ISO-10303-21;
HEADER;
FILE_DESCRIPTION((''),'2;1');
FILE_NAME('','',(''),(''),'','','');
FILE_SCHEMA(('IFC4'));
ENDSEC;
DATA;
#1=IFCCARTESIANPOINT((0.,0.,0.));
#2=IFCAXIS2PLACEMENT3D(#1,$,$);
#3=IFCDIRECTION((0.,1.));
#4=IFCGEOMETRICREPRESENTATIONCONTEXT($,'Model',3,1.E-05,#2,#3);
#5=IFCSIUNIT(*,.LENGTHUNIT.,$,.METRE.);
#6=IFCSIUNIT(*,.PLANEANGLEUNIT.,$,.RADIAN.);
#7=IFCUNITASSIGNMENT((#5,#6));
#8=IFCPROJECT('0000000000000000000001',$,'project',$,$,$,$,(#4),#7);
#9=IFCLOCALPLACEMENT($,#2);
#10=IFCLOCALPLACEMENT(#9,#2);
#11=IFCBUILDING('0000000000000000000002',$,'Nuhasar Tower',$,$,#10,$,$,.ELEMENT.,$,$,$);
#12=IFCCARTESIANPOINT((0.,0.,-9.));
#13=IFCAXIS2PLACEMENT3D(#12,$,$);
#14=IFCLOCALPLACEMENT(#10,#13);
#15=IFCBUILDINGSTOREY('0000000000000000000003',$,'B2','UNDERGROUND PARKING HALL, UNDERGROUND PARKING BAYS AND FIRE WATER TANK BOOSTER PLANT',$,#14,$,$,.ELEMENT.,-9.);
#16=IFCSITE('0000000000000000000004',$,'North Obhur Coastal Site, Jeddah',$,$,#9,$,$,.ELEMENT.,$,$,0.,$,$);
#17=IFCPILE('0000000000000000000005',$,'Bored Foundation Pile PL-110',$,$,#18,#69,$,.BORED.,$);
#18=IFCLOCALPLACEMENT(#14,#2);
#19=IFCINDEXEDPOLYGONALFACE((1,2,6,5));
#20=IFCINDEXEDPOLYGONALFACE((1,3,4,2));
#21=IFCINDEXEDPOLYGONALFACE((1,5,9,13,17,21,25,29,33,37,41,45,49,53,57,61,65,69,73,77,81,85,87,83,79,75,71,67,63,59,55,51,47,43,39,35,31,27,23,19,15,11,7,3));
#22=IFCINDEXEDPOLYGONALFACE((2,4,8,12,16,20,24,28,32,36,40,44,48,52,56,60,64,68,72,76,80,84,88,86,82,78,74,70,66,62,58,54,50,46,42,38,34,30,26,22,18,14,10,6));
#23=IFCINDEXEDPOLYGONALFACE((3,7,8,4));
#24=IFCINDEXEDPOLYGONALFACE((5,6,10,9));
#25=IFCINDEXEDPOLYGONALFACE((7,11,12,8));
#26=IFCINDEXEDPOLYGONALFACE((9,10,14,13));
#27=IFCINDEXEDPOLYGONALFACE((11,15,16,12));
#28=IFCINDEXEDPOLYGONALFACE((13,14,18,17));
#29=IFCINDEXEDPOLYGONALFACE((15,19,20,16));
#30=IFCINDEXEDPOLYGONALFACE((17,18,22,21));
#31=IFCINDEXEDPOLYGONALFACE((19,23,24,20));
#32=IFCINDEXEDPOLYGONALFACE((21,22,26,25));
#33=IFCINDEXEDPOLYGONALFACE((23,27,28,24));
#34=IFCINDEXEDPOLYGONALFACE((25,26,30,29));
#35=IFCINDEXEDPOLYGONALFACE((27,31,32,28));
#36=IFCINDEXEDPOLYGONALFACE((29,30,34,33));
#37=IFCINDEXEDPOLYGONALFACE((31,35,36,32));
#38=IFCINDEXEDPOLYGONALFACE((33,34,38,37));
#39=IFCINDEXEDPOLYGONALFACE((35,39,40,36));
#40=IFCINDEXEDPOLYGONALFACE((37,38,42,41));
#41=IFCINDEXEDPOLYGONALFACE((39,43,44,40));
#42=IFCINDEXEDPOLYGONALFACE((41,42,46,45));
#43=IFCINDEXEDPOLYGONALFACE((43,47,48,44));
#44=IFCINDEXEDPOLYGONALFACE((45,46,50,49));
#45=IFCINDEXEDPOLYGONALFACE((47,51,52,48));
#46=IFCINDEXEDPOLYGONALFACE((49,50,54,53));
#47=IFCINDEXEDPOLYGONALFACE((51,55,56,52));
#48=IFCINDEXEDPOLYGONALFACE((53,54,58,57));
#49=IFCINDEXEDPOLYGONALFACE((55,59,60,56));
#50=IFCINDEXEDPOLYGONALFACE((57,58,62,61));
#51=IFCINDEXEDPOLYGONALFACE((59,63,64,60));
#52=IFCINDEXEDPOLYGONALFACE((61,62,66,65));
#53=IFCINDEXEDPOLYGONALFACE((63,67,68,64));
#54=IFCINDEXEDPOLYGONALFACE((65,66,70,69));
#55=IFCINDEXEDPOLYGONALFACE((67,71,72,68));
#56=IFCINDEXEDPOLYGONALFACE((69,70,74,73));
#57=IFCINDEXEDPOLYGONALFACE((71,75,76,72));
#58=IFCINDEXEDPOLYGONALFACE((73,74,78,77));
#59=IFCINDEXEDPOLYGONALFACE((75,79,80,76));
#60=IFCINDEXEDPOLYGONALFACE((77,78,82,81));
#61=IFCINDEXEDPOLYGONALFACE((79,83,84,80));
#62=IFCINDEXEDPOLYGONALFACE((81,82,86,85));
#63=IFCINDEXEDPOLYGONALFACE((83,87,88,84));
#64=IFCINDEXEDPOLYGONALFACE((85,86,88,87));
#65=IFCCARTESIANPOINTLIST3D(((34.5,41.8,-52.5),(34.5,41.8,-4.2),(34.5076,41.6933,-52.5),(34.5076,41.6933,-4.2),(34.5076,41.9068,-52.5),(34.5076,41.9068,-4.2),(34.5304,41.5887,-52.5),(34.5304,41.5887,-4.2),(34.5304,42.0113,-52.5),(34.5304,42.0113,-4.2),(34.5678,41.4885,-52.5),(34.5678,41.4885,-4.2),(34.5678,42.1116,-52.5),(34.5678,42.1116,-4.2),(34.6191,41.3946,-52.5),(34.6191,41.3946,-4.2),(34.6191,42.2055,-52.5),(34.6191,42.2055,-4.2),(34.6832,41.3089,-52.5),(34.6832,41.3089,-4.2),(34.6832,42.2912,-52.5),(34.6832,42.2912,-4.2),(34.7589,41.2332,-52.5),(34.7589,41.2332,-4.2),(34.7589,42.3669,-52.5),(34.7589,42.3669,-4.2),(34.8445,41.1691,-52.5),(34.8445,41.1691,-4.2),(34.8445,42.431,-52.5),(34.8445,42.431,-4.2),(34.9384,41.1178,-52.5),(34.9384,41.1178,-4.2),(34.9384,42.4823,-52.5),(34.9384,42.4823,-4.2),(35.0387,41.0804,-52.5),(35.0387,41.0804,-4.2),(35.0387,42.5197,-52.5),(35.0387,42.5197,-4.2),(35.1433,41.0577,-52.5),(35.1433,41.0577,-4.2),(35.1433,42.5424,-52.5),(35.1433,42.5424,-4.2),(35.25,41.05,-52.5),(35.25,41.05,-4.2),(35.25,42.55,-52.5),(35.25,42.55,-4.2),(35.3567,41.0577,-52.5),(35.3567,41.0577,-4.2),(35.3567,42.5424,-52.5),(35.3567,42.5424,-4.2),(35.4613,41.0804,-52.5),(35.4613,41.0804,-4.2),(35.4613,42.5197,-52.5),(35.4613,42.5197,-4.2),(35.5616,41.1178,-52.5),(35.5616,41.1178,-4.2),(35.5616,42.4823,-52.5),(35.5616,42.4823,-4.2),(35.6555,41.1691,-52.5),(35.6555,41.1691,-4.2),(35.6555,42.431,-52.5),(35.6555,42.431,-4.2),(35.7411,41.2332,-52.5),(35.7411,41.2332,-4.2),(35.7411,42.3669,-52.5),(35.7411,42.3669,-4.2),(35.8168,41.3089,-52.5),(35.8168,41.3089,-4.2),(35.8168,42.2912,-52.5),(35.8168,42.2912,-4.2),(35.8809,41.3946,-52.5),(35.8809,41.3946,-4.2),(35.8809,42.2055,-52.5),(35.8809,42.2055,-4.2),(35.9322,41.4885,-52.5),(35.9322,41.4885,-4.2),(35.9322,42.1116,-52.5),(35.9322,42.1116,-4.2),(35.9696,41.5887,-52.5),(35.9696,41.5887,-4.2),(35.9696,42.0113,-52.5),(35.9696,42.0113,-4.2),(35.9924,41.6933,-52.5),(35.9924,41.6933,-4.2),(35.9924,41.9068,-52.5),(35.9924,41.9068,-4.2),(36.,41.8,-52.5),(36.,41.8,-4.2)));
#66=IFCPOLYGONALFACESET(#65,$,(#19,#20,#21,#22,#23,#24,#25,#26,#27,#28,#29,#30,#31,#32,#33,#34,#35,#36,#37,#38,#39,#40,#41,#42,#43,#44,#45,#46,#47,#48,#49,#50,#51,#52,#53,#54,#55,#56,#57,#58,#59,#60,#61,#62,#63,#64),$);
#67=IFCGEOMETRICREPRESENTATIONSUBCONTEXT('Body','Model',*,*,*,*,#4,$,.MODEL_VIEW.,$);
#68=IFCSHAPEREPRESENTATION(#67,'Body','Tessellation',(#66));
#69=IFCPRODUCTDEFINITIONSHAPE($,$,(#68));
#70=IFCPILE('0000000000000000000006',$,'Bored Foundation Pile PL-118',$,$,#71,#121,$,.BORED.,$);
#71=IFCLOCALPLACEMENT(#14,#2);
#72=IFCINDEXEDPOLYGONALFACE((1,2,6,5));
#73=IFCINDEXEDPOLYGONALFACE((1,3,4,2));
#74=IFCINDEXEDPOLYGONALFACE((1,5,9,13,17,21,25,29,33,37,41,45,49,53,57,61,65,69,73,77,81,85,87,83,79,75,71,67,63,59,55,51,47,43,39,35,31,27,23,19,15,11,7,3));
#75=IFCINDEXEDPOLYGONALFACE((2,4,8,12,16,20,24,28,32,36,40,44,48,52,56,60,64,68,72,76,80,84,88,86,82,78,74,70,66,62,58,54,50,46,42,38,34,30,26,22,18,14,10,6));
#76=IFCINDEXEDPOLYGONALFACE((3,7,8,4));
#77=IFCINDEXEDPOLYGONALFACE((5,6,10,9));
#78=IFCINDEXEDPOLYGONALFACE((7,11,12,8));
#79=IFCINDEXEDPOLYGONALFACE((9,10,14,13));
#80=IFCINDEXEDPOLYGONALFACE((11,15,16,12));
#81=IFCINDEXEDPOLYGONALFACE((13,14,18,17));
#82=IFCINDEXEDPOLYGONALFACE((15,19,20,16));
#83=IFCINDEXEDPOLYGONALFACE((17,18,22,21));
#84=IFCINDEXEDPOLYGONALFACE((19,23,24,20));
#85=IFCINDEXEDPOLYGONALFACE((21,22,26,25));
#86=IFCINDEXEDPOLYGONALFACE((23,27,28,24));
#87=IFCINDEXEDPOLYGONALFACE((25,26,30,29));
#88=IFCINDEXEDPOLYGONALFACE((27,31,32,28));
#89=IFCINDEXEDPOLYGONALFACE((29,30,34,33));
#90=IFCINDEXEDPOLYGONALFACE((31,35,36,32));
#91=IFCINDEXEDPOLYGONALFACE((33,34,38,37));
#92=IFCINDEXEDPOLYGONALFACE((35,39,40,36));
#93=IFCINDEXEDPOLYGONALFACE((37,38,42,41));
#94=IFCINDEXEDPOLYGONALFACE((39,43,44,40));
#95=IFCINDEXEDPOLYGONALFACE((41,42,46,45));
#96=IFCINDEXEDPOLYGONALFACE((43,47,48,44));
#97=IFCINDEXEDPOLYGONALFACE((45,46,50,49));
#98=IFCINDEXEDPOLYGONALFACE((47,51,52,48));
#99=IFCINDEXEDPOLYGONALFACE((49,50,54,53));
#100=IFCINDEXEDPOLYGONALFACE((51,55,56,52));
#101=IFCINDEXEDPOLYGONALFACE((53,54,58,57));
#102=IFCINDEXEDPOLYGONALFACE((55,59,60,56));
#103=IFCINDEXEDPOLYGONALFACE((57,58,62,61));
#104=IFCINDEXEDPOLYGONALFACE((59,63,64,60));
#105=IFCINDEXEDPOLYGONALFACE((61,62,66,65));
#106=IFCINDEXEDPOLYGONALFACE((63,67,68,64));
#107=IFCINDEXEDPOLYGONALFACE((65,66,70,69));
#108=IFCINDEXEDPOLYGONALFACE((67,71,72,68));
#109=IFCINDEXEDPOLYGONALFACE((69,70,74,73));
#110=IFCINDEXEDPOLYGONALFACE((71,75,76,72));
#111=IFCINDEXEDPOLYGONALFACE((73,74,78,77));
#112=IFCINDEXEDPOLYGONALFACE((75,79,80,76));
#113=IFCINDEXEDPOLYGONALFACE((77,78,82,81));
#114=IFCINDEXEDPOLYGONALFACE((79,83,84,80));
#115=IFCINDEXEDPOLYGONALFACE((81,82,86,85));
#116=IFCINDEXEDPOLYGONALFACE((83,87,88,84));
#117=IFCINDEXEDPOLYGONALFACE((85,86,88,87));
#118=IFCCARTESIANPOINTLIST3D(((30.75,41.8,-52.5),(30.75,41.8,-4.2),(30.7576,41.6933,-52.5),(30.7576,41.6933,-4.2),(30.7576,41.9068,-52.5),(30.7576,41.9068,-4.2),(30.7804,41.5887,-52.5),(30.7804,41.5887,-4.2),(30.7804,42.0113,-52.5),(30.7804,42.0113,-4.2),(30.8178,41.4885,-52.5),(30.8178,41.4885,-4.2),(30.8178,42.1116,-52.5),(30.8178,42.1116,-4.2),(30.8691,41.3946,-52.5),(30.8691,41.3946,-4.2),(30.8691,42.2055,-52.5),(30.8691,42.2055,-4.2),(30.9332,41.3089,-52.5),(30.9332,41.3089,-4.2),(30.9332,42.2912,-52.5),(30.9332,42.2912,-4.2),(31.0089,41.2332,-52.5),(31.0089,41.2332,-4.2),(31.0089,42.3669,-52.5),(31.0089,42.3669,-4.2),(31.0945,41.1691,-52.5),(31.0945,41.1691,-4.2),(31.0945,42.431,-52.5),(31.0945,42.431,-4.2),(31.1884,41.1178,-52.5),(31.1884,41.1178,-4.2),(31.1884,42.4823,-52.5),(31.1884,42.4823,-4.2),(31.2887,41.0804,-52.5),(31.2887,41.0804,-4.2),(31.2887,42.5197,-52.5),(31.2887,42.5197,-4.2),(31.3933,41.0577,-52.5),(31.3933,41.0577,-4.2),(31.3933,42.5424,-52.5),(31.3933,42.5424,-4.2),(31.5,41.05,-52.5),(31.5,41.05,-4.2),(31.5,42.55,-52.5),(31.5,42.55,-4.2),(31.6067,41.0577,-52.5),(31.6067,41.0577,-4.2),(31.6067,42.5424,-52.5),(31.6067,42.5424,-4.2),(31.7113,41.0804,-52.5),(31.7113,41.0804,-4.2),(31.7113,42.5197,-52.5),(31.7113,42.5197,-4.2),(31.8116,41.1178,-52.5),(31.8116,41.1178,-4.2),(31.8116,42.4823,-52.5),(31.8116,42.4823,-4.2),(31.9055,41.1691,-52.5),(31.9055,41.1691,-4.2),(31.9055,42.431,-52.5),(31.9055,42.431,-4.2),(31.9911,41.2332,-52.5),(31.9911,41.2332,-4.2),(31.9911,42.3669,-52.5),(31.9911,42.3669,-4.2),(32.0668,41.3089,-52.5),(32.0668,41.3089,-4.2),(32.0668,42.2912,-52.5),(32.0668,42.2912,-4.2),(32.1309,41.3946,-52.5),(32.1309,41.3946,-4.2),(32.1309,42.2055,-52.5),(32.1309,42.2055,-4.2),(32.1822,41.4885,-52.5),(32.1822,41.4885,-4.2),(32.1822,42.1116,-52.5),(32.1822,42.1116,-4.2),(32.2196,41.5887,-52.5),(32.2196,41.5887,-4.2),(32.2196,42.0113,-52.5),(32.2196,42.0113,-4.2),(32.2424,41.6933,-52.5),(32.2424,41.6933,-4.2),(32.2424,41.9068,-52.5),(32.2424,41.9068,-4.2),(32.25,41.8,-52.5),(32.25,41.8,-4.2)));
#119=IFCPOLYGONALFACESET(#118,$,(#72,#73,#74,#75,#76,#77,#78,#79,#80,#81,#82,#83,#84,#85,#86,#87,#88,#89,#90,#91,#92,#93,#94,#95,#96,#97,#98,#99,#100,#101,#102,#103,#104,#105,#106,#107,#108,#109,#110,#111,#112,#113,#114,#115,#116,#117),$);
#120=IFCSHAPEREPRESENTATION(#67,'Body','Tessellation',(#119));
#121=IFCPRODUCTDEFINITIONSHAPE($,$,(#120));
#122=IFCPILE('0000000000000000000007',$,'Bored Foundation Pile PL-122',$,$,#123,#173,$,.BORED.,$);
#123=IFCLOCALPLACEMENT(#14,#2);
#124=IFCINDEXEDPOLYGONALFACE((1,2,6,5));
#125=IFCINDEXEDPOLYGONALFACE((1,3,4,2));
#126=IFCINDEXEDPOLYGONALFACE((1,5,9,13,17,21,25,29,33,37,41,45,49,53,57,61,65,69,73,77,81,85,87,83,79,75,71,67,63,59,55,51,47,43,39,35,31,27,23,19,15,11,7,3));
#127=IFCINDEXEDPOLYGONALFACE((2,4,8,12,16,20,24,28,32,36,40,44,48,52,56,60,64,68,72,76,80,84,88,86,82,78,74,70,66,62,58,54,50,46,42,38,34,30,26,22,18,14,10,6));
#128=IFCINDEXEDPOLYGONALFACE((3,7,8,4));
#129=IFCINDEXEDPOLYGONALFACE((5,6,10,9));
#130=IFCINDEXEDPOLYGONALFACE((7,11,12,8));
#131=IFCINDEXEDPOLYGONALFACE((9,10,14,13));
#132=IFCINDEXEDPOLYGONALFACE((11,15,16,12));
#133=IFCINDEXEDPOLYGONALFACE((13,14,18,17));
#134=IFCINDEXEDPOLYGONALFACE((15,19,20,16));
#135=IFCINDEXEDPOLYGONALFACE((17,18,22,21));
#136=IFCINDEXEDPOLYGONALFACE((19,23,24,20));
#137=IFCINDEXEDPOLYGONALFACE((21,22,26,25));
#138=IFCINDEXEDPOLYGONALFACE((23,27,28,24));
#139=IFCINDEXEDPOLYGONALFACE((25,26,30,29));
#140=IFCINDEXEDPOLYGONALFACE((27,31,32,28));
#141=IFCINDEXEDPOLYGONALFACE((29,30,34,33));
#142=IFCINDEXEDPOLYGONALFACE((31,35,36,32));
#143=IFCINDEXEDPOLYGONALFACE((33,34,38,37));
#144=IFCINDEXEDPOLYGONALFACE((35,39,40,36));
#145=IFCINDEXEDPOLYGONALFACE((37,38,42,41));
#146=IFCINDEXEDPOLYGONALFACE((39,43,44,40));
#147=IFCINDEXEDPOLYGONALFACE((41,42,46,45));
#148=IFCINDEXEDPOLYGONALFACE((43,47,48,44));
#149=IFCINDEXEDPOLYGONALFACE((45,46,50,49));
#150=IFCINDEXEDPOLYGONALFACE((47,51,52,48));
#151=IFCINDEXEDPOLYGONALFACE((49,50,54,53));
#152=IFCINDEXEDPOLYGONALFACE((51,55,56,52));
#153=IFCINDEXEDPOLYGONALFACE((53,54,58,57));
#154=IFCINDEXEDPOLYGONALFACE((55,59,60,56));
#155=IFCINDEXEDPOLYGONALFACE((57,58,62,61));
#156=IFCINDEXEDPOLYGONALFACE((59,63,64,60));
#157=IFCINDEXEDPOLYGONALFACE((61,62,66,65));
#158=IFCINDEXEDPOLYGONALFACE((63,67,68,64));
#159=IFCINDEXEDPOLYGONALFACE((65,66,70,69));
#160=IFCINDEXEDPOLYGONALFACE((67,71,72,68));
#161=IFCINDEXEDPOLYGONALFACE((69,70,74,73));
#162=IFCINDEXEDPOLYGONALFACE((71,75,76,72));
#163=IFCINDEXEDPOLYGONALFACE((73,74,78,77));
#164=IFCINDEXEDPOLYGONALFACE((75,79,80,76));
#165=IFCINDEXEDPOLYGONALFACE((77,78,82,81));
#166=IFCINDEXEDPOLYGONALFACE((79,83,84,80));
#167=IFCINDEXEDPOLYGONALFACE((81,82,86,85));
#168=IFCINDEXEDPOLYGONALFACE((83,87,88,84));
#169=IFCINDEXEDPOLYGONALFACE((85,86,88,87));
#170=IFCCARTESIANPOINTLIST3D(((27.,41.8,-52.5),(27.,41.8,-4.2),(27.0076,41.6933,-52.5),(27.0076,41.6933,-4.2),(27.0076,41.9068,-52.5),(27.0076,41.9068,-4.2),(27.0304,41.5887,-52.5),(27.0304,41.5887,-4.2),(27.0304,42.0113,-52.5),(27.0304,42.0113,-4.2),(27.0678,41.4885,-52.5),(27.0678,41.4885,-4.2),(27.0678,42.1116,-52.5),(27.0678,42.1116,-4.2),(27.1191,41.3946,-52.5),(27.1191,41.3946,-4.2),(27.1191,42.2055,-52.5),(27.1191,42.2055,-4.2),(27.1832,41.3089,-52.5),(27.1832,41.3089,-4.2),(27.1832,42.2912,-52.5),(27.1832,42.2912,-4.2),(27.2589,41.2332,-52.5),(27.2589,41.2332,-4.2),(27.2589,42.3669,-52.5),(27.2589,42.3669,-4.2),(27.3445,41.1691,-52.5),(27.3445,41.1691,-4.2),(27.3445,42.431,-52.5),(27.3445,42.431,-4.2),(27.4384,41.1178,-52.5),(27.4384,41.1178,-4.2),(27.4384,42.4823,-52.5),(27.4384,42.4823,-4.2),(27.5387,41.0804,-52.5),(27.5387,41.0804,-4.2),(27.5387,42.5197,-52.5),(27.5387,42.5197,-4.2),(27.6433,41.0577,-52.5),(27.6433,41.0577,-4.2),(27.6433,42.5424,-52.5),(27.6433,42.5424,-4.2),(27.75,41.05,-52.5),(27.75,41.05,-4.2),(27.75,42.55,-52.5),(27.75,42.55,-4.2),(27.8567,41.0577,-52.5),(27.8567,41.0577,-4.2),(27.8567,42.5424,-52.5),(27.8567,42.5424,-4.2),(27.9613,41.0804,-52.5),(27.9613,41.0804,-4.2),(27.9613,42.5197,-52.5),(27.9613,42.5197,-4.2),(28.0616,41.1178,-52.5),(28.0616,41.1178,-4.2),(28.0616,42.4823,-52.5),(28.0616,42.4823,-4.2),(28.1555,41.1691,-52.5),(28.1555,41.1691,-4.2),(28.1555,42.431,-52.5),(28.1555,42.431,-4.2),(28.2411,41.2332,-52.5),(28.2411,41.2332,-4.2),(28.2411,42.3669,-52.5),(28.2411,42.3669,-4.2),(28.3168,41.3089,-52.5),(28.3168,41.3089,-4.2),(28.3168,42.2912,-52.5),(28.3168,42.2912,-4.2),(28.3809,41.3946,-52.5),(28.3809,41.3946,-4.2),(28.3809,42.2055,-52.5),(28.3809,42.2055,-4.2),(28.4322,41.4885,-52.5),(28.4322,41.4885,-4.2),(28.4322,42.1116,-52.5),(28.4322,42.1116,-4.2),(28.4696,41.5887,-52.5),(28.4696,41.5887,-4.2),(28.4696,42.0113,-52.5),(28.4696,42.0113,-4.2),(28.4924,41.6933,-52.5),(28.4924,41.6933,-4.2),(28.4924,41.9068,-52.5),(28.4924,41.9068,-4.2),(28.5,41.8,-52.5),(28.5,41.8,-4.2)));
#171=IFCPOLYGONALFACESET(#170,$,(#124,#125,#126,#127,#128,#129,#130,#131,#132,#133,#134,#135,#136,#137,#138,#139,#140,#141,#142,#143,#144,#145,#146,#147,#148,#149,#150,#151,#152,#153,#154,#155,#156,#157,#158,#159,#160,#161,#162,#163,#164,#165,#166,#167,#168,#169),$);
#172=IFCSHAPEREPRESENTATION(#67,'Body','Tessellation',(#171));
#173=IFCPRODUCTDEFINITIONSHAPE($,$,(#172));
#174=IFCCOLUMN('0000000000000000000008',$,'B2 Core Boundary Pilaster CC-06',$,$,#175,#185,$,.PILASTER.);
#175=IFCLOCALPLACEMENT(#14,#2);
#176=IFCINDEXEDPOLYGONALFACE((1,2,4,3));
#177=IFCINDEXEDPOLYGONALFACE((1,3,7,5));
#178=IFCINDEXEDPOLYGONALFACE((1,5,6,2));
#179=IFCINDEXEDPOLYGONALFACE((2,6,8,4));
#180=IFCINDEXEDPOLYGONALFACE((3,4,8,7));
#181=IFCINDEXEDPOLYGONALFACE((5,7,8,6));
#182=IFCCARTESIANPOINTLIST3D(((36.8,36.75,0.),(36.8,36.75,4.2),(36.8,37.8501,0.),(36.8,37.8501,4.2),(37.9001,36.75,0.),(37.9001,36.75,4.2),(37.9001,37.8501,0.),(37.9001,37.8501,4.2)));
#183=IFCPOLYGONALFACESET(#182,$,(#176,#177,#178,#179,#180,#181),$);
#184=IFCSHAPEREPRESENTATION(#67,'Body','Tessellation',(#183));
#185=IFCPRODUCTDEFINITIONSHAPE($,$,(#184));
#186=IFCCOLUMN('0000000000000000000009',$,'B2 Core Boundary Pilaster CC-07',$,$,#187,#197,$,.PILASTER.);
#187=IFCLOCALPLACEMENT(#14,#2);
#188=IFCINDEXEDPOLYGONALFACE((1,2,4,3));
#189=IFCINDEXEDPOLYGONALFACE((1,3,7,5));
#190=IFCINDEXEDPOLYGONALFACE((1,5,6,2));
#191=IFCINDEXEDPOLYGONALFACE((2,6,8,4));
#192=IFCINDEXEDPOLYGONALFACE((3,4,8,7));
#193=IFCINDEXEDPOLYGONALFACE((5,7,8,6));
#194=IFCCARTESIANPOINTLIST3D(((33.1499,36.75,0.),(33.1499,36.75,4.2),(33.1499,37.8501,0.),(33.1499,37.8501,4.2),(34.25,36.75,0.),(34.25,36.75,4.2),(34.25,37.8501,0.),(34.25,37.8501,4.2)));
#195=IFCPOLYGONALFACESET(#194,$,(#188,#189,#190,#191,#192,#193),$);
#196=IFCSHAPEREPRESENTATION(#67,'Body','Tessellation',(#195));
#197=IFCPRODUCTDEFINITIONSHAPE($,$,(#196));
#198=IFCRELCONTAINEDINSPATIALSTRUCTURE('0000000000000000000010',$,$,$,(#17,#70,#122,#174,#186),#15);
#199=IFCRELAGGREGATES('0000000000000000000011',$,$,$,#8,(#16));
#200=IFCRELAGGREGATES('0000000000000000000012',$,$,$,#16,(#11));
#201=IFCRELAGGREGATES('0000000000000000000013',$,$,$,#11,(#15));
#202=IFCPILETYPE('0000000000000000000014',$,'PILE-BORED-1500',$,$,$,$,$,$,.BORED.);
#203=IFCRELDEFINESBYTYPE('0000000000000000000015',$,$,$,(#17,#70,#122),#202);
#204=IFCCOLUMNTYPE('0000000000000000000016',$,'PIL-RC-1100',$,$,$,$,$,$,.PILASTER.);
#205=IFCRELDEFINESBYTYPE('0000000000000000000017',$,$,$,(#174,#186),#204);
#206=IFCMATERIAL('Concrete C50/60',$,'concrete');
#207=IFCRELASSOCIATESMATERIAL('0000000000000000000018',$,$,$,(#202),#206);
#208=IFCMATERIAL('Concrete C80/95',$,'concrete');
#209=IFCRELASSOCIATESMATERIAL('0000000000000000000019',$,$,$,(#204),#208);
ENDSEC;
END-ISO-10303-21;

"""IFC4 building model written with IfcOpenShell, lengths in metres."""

from ifc_helpers import new_model, si_unit, direction, frame, origin, origin_2d, place, context, subcontext, project, spatial, rectangle, circle, extrude, material, material_profile, profile_set, type_object, element, save


model = new_model("IFC4")

# Units and contexts
model_context = context("Model", 3, precision=1e-05, world=origin(), true_north=direction((0.0, 1.0)))
body_context = subcontext(model_context, "Body", "Model", "MODEL_VIEW")
ifc_project = project(units=[si_unit("LENGTHUNIT", "METRE"), si_unit("PLANEANGLEUNIT", "RADIAN")], contexts=[model_context])

# Site, building, storey
site_placement = place(None, origin())
site = spatial("IfcSite", under=ifc_project, at=site_placement, Name="North Obhur Coastal Site, Jeddah", CompositionType="ELEMENT", RefElevation=0.0)
building_placement = place(site_placement, origin())
building = spatial("IfcBuilding", under=site, at=building_placement, Name="Nuhasar Tower", CompositionType="ELEMENT")
storey_placement = place(building_placement, frame((0.0, 0.0, -9.0)))
storey = spatial("IfcBuildingStorey", under=building, at=storey_placement, Name="B2", Description="UNDERGROUND PARKING HALL, UNDERGROUND PARKING BAYS AND FIRE WATER TANK BOOSTER PLANT", CompositionType="ELEMENT", Elevation=-9.0)

# Piles
ifc_material_1 = material(Name="Concrete C50/60", Category="concrete")
ifc_material_profile_1 = material_profile(ifc_material_1, circle(Radius=0.75, at=origin_2d()), Name="PILE1500")
ifc_profile_set_1 = profile_set([ifc_material_profile_1], Name="Concrete C50/60")
pile_type = type_object("IfcPileType", Name="PILE-BORED-1500", PredefinedType="BORED", material=ifc_profile_set_1)
for number, where, z_axis, x_axis, name in (
    (1, (35.25, 41.8, -4.2), (0.0, 0.0, -1.0), (1.0, 0.0, 0.0), "Bored Foundation Pile PL-110"),
    (2, (31.5, 41.8, -4.2), (0.0, 0.0, -1.0), (1.0, 0.0, 0.0), "Bored Foundation Pile PL-118"),
    (3, (27.75, 41.8, -4.2), (0.0, 0.0, -1.0), (1.0, 0.0, 0.0), "Bored Foundation Pile PL-122"),
):
    element("IfcPile", number, at=place(storey_placement, frame(where, z_axis=z_axis, x_axis=x_axis)), inside=storey, type_object=pile_type, Name=name, PredefinedType="BORED", context=body_context, shape_type="SweptSolid", body=[
        extrude(circle(Radius=0.75, at=origin_2d()), origin(), (0.0, 0.0, 1.0), 48.3),
    ])

# Columns
ifc_material_2 = material(Name="Concrete C80/95", Category="concrete")
ifc_material_profile_2 = material_profile(ifc_material_2, rectangle(XDim=1.1001, YDim=1.1001, at=origin_2d()), Name="RC1100X1100")
ifc_profile_set_2 = profile_set([ifc_material_profile_2], Name="Concrete C80/95")
column_type = type_object("IfcColumnType", Name="PIL-RC-1100", PredefinedType="PILASTER", material=ifc_profile_set_2)
for number, where, z_axis, x_axis, name in (
    (4, (37.3501, 37.3, 0.0), (0.0, 0.0, 1.0), (1.0, 0.0, 0.0), "B2 Core Boundary Pilaster CC-06"),
    (5, (33.7, 37.3, 0.0), (0.0, 0.0, 1.0), (1.0, 0.0, 0.0), "B2 Core Boundary Pilaster CC-07"),
):
    element("IfcColumn", number, at=place(storey_placement, frame(where, z_axis=z_axis, x_axis=x_axis)), inside=storey, type_object=column_type, Name=name, PredefinedType="PILASTER", context=body_context, shape_type="SweptSolid", body=[
        extrude(rectangle(XDim=1.1001, YDim=1.1001, at=origin_2d()), origin(), (0.0, 0.0, 1.0), 4.2),
    ])

save(model, "model.ifc")
